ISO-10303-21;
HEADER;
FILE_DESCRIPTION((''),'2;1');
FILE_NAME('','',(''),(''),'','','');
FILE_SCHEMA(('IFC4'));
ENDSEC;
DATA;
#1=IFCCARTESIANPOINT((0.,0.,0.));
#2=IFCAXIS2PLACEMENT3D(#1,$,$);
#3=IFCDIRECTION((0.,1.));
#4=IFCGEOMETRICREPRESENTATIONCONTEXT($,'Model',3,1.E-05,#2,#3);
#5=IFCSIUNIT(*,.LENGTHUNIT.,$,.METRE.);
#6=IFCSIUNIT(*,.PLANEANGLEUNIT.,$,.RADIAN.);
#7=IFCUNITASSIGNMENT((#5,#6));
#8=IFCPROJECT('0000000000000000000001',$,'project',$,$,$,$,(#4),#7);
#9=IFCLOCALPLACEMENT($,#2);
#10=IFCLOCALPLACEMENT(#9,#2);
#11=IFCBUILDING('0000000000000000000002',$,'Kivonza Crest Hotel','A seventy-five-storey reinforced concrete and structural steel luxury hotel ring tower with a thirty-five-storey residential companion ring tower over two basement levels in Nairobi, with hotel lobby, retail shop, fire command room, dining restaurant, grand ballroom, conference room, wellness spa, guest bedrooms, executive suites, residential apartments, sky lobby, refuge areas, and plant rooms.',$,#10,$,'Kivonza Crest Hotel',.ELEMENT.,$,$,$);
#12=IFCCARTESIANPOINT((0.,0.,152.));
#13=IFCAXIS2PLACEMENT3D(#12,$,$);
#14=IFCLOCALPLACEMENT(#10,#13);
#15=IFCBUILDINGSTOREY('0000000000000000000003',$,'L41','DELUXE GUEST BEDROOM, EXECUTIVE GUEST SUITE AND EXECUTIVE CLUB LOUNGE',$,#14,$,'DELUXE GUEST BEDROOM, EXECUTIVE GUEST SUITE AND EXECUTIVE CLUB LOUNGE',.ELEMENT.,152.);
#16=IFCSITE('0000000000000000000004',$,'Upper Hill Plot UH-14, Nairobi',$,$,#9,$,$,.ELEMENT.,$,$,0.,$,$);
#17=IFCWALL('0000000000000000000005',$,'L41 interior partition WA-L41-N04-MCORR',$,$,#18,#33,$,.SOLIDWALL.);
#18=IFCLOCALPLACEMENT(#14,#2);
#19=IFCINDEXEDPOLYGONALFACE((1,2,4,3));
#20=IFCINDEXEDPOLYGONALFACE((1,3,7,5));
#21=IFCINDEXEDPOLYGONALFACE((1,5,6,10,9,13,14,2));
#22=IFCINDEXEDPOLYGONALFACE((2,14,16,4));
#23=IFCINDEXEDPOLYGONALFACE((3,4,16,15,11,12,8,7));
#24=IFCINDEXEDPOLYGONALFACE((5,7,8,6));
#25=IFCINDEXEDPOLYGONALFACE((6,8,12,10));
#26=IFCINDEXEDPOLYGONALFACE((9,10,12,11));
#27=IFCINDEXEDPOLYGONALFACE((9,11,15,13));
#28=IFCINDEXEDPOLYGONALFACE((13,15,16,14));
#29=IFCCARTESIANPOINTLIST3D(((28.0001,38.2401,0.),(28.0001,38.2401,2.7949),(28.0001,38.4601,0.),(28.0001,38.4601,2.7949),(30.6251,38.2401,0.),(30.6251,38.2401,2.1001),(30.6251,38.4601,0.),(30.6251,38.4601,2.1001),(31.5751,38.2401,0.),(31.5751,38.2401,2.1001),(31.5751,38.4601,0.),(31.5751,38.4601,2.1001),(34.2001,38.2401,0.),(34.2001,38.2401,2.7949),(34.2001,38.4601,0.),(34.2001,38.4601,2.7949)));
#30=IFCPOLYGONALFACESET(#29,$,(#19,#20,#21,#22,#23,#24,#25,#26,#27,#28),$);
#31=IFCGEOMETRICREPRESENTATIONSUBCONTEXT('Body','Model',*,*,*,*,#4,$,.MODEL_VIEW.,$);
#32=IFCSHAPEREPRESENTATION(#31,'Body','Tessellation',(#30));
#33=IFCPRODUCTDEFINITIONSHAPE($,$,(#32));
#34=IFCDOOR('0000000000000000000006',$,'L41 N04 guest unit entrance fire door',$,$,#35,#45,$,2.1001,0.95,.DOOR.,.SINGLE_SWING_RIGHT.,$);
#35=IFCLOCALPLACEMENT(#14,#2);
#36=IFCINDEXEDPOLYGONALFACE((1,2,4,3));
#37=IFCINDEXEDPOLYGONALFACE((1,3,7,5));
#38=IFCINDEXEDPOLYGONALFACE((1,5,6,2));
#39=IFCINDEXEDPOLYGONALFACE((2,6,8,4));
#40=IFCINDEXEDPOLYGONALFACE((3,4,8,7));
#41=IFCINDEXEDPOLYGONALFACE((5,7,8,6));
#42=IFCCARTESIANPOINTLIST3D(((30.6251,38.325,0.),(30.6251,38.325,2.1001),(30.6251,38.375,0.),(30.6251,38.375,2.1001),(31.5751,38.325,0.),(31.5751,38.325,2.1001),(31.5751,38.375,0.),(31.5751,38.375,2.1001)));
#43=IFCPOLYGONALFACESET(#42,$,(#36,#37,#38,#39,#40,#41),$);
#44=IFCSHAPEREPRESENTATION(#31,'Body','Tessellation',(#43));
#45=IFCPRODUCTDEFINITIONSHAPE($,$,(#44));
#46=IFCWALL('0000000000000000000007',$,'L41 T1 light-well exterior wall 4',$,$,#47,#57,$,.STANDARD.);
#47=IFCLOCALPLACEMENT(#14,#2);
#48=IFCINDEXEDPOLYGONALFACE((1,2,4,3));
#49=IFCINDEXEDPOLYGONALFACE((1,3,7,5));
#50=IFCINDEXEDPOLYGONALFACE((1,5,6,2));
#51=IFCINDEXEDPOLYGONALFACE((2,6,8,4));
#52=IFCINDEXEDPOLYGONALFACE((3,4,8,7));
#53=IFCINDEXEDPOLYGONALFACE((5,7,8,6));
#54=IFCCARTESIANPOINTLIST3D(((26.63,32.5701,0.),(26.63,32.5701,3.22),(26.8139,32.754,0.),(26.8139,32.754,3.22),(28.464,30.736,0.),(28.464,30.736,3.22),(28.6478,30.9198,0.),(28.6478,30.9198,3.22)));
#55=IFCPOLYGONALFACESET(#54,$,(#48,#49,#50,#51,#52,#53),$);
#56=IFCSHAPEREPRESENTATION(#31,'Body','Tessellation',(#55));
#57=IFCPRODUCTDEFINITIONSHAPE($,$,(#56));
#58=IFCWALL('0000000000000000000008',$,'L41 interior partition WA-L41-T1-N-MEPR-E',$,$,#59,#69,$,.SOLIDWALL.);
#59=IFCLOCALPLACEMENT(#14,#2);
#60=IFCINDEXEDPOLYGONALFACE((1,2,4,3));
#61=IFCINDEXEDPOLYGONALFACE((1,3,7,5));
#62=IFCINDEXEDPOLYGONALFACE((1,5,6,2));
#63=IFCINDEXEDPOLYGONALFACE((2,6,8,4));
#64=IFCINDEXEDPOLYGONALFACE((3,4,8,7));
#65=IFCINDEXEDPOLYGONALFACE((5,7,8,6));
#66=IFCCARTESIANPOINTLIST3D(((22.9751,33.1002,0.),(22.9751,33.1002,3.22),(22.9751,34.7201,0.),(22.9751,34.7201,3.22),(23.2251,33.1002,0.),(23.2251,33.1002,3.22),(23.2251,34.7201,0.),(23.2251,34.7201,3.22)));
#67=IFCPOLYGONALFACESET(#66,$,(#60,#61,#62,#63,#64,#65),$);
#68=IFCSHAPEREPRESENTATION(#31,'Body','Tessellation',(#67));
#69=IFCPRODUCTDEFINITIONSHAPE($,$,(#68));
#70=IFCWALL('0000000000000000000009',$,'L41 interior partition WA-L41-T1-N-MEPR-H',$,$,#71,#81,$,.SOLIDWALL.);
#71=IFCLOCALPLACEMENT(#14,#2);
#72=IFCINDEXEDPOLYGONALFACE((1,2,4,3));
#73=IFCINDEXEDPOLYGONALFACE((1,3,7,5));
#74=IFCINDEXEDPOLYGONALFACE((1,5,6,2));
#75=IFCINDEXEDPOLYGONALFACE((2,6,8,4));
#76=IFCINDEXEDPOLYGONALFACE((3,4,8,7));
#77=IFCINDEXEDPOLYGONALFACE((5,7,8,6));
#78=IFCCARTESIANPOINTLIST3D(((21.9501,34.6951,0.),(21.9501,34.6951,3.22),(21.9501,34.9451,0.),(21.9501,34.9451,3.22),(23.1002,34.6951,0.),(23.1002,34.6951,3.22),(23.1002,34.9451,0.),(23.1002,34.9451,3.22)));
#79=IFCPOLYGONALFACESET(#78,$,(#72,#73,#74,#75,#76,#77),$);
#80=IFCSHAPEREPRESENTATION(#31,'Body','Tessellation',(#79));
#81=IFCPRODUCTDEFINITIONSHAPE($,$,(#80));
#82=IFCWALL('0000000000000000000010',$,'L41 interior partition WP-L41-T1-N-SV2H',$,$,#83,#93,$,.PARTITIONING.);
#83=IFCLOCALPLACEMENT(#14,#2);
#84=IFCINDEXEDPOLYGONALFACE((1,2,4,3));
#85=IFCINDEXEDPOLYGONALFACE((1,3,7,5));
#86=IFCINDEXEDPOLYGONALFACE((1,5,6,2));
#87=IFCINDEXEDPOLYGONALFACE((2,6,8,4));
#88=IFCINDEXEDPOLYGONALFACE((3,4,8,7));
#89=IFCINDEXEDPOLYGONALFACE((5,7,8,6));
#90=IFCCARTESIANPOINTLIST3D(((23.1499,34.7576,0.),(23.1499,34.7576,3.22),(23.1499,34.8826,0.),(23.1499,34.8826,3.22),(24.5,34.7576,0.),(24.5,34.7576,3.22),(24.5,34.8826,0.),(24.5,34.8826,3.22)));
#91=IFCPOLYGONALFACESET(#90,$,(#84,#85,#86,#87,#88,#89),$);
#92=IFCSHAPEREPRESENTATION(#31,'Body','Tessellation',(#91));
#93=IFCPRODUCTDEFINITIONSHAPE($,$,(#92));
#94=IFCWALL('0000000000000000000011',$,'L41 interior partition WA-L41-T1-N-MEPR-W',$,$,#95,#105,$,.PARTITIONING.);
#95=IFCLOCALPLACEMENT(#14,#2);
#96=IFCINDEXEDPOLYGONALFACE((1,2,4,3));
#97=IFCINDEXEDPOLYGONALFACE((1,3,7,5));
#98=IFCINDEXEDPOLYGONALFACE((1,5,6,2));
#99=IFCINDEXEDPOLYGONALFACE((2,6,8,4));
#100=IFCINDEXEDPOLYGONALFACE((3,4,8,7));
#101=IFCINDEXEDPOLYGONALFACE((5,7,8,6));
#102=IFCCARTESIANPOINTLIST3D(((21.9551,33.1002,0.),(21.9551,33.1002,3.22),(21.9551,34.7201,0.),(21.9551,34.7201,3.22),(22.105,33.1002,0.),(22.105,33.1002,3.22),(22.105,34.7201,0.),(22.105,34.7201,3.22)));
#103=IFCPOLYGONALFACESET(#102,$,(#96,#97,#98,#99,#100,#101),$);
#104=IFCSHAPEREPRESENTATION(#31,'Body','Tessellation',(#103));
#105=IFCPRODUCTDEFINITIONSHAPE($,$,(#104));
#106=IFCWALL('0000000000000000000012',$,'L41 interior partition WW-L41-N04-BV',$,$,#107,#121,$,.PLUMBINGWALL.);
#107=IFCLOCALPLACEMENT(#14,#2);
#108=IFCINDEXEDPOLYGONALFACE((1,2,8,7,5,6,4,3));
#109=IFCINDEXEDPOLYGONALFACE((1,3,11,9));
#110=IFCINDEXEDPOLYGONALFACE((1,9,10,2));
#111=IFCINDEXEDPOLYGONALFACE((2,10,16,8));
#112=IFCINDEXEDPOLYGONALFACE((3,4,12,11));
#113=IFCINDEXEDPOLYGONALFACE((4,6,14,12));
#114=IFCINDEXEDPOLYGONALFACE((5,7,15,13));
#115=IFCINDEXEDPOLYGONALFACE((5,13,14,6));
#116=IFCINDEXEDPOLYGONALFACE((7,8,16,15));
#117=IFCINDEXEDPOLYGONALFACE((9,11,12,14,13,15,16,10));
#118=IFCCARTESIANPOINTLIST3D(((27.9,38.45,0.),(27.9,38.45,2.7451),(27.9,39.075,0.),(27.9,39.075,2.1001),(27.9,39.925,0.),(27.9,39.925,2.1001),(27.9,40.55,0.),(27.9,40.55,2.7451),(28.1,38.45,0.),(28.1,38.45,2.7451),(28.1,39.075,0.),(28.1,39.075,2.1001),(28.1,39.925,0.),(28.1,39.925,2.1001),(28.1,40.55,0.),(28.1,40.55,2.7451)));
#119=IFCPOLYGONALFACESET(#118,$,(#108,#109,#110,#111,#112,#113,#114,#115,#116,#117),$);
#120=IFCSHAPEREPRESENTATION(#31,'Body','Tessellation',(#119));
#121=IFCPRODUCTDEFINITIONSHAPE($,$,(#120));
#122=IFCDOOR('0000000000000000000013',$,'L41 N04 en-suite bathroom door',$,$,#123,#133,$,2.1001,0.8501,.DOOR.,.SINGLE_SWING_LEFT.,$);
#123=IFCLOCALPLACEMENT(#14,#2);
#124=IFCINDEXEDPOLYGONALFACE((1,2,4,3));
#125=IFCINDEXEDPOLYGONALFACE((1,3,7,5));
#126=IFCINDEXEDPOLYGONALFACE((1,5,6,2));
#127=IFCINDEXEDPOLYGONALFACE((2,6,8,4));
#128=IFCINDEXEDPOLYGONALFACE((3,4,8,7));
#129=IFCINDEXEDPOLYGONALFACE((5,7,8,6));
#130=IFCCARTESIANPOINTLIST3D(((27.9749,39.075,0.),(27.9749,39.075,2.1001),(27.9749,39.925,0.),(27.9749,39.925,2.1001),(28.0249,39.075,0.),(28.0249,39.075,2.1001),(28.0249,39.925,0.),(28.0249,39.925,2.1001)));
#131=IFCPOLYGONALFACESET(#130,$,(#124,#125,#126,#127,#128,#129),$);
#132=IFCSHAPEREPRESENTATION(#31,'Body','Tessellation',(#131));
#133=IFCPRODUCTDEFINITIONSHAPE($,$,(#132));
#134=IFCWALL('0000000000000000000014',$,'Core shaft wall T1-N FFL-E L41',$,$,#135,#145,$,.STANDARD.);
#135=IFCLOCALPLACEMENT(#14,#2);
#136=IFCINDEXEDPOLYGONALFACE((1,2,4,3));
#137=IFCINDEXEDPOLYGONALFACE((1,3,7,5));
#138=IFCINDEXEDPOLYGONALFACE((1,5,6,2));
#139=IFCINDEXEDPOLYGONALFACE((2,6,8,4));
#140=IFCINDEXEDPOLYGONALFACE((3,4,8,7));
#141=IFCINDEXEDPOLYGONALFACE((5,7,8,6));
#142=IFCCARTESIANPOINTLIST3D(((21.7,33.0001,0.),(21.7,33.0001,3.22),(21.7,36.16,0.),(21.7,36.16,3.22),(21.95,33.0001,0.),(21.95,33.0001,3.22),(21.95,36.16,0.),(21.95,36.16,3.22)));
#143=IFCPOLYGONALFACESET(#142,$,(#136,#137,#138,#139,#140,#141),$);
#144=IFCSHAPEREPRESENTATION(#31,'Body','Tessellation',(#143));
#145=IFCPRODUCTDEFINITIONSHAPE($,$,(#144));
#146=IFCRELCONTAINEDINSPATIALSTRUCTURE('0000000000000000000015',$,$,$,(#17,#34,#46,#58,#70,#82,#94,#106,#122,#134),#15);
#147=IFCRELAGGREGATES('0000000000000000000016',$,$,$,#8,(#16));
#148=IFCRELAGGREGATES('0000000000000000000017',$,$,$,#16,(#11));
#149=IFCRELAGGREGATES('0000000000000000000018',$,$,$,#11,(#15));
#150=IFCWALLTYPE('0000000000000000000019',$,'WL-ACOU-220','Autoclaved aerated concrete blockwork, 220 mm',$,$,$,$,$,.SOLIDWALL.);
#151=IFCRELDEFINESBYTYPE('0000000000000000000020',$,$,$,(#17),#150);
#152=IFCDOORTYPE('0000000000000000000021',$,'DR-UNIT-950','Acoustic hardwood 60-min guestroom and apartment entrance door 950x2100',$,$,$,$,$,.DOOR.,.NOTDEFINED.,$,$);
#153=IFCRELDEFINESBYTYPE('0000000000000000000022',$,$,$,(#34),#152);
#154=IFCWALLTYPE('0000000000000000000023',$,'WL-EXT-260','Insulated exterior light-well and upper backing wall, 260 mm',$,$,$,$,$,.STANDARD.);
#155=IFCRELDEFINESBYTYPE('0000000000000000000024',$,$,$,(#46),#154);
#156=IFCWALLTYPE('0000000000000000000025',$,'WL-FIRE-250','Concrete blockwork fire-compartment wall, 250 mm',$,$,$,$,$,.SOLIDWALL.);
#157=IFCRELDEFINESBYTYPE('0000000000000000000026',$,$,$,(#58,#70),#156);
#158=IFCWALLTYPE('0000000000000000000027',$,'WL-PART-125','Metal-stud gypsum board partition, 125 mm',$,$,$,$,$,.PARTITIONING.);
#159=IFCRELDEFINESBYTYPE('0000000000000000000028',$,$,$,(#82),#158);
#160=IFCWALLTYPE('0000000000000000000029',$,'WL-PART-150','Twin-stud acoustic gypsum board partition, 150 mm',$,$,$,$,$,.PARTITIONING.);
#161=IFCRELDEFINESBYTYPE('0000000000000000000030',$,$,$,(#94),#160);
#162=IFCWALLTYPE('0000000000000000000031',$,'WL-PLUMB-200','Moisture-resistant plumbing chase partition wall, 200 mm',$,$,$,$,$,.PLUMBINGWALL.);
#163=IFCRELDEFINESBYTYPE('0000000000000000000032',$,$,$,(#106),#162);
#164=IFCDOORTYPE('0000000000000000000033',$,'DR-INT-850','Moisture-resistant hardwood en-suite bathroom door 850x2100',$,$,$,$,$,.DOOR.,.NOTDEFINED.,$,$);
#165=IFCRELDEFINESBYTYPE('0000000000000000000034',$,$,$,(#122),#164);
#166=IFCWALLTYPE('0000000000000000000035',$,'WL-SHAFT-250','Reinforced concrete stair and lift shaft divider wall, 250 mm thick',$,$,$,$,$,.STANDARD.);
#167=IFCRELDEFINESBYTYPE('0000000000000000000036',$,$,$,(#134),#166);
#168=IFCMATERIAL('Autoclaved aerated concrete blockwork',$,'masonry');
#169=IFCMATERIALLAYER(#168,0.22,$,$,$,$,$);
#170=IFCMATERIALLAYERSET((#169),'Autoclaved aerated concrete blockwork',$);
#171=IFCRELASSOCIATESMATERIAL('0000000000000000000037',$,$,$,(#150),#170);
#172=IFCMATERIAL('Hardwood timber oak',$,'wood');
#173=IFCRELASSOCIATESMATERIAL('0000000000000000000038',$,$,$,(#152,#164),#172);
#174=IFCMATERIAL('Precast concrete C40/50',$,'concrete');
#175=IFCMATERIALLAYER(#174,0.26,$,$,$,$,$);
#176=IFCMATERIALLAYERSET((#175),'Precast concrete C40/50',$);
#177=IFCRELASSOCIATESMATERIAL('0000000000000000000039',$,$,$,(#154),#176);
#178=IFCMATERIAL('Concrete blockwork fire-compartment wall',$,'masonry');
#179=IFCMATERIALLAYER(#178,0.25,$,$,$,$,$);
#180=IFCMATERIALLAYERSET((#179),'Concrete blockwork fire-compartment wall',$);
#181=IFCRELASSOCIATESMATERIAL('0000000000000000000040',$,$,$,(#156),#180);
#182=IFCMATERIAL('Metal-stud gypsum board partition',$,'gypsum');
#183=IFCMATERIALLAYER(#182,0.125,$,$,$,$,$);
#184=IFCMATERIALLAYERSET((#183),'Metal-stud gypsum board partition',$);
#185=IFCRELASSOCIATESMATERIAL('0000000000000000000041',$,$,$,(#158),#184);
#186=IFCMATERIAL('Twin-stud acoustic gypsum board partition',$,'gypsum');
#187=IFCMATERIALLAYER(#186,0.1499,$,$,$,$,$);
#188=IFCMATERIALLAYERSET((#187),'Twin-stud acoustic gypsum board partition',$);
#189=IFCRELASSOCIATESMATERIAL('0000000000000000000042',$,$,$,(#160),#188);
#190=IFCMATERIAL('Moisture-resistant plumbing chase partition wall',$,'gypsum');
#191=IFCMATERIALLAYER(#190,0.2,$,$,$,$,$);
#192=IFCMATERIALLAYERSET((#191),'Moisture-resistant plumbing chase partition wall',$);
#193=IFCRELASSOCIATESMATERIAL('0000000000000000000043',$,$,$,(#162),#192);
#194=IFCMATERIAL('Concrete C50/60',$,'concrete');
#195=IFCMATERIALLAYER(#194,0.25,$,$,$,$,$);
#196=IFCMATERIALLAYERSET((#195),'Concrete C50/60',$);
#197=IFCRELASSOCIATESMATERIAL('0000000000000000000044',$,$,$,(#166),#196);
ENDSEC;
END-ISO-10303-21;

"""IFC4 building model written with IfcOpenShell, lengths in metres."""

from ifc_helpers import new_model, si_unit, direction, frame, frame_2d, origin, place, context, subcontext, project, spatial, rectangle, extrude, material, layer, layer_set, type_object, element, fill, save


model = new_model("IFC4")

# Units and contexts
model_context = context("Model", 3, precision=1e-05, world=origin(), true_north=direction((0.0, 1.0)))
body_context = subcontext(model_context, "Body", "Model", "MODEL_VIEW")
ifc_project = project(units=[si_unit("LENGTHUNIT", "METRE"), si_unit("PLANEANGLEUNIT", "RADIAN")], contexts=[model_context])

# Site, building, storey
site_placement = place(None, origin())
site = spatial("IfcSite", under=ifc_project, at=site_placement, Name="Upper Hill Plot UH-14, Nairobi", CompositionType="ELEMENT", RefElevation=0.0)
building_placement = place(site_placement, origin())
building = spatial("IfcBuilding", under=site, at=building_placement, Name="Kivonza Crest Hotel", Description="A seventy-five-storey reinforced concrete and structural steel luxury hotel ring tower with a thirty-five-storey residential companion ring tower over two basement levels in Nairobi, with hotel lobby, retail shop, fire command room, dining restaurant, grand ballroom, conference room, wellness spa, guest bedrooms, executive suites, residential apartments, sky lobby, refuge areas, and plant rooms.", LongName="Kivonza Crest Hotel", CompositionType="ELEMENT")
storey_placement = place(building_placement, frame((0.0, 0.0, 152.0)))
storey = spatial("IfcBuildingStorey", under=building, at=storey_placement, Name="L41", Description="DELUXE GUEST BEDROOM, EXECUTIVE GUEST SUITE AND EXECUTIVE CLUB LOUNGE", LongName="DELUXE GUEST BEDROOM, EXECUTIVE GUEST SUITE AND EXECUTIVE CLUB LOUNGE", CompositionType="ELEMENT", Elevation=152.0)

# Shared definitions
ifc_material_1 = material(Name="Autoclaved aerated concrete blockwork", Category="masonry")
ifc_layer_1 = layer(ifc_material_1, 0.22)
ifc_layer_set_1 = layer_set([ifc_layer_1], Name="Autoclaved aerated concrete blockwork")
wall_type_1 = type_object("IfcWallType", Name="WL-ACOU-220", Description="Autoclaved aerated concrete blockwork, 220 mm", PredefinedType="SOLIDWALL", material=ifc_layer_set_1)

# Wall, opening, door
wall_1_placement = place(storey_placement, frame((28.0, 38.3501, 0.0), z_axis=(0.0, 0.0, 1.0), x_axis=(1.0, 0.0, 0.0)))
wall_1 = element("IfcWall", 1, at=wall_1_placement, inside=storey, type_object=wall_type_1, Name="L41 interior partition WA-L41-N04-MCORR", PredefinedType="SOLIDWALL", context=body_context, shape_type="SweptSolid", body=[
    extrude(rectangle(XDim=6.2, YDim=0.22, at=frame_2d((3.1001, 0.0))), origin(), (0.0, 0.0, 1.0), 2.7949),
])
opening_1_placement = place(wall_1_placement, frame((2.625, 0.0, 0.0)))
opening_1 = element("IfcOpeningElement", 2, at=opening_1_placement, cuts=wall_1, PredefinedType="OPENING", context=body_context, shape_type="SweptSolid", body=[
    extrude(rectangle(XDim=0.95, YDim=2.1001, at=frame_2d((0.4751, 1.05))), frame((0.0, 0.1201, 0.0), z_axis=(0.0, -1.0, 0.0), x_axis=(1.0, 0.0, 0.0)), (0.0, 0.0, 1.0), 0.24),
])
ifc_material_2 = material(Name="Hardwood timber oak", Category="wood")
door_type_1 = type_object("IfcDoorType", Name="DR-UNIT-950", Description="Acoustic hardwood 60-min guestroom and apartment entrance door 950x2100", OperationType="NOTDEFINED", PredefinedType="DOOR", material=ifc_material_2)
door_1_placement = place(opening_1_placement, origin())
door_1 = element("IfcDoor", 3, at=door_1_placement, inside=storey, type_object=door_type_1, Name="L41 N04 guest unit entrance fire door", OperationType="SINGLE_SWING_RIGHT", OverallHeight=2.1001, OverallWidth=0.95, PredefinedType="DOOR", context=body_context, shape_type="SweptSolid", body=[
    extrude(rectangle(XDim=0.95, YDim=2.1001, at=frame_2d((0.4751, 1.05))), frame((0.0, 0.0249, 0.0), z_axis=(0.0, -1.0, 0.0), x_axis=(1.0, 0.0, 0.0)), (0.0, 0.0, 1.0), 0.05),
])
fill(opening_1, door_1)

# Walls
ifc_material_3 = material(Name="Precast concrete C40/50", Category="concrete")
ifc_layer_2 = layer(ifc_material_3, 0.26)
ifc_layer_set_2 = layer_set([ifc_layer_2], Name="Precast concrete C40/50")
wall_type_2 = type_object("IfcWallType", Name="WL-EXT-260", Description="Insulated exterior light-well and upper backing wall, 260 mm", PredefinedType="STANDARD", material=ifc_layer_set_2)
wall_2_placement = place(storey_placement, frame((28.5559, 30.8279, 0.0), z_axis=(0.0, 0.0, 1.0), x_axis=(-0.70706, 0.707154, 0.0)))
element("IfcWall", 4, at=wall_2_placement, inside=storey, type_object=wall_type_2, Name="L41 T1 light-well exterior wall 4", PredefinedType="STANDARD", context=body_context, shape_type="SweptSolid", body=[
    extrude(rectangle(XDim=2.5938, YDim=0.26, at=frame_2d((1.2969, 0.0))), origin(), (0.0, 0.0, 1.0), 3.22),
])
ifc_material_4 = material(Name="Concrete blockwork fire-compartment wall", Category="masonry")
ifc_layer_3 = layer(ifc_material_4, 0.25)
ifc_layer_set_3 = layer_set([ifc_layer_3], Name="Concrete blockwork fire-compartment wall")
wall_type_3 = type_object("IfcWallType", Name="WL-FIRE-250", Description="Concrete blockwork fire-compartment wall, 250 mm", PredefinedType="SOLIDWALL", material=ifc_layer_set_3)
wall_3_placement = place(storey_placement, frame((23.1001, 33.1001, 0.0), z_axis=(0.0, 0.0, 1.0), x_axis=(0.0, 1.0, 0.0)))
element("IfcWall", 5, at=wall_3_placement, inside=storey, type_object=wall_type_3, Name="L41 interior partition WA-L41-T1-N-MEPR-E", PredefinedType="SOLIDWALL", context=body_context, shape_type="SweptSolid", body=[
    extrude(rectangle(XDim=1.6199, YDim=0.25, at=frame_2d((0.8101, 0.0))), origin(), (0.0, 0.0, 1.0), 3.22),
])
wall_4_placement = place(storey_placement, frame((21.95, 34.8201, 0.0), z_axis=(0.0, 0.0, 1.0), x_axis=(1.0, 0.0, 0.0)))
element("IfcWall", 6, at=wall_4_placement, inside=storey, type_object=wall_type_3, Name="L41 interior partition WA-L41-T1-N-MEPR-H", PredefinedType="SOLIDWALL", context=body_context, shape_type="SweptSolid", body=[
    extrude(rectangle(XDim=1.1501, YDim=0.25, at=frame_2d((0.5752, 0.0))), origin(), (0.0, 0.0, 1.0), 3.22),
])
ifc_material_5 = material(Name="Metal-stud gypsum board partition", Category="gypsum")
ifc_layer_4 = layer(ifc_material_5, 0.125)
ifc_layer_set_4 = layer_set([ifc_layer_4], Name="Metal-stud gypsum board partition")
wall_type_4 = type_object("IfcWallType", Name="WL-PART-125", Description="Metal-stud gypsum board partition, 125 mm", PredefinedType="PARTITIONING", material=ifc_layer_set_4)
wall_5_placement = place(storey_placement, frame((23.1499, 34.8201, 0.0), z_axis=(0.0, 0.0, 1.0), x_axis=(1.0, 0.0, 0.0)))
element("IfcWall", 7, at=wall_5_placement, inside=storey, type_object=wall_type_4, Name="L41 interior partition WP-L41-T1-N-SV2H", PredefinedType="PARTITIONING", context=body_context, shape_type="SweptSolid", body=[
    extrude(rectangle(XDim=1.3501, YDim=0.125, at=frame_2d((0.675, 0.0))), origin(), (0.0, 0.0, 1.0), 3.22),
])
ifc_material_6 = material(Name="Twin-stud acoustic gypsum board partition", Category="gypsum")
ifc_layer_5 = layer(ifc_material_6, 0.1499)
ifc_layer_set_5 = layer_set([ifc_layer_5], Name="Twin-stud acoustic gypsum board partition")
wall_type_5 = type_object("IfcWallType", Name="WL-PART-150", Description="Twin-stud acoustic gypsum board partition, 150 mm", PredefinedType="PARTITIONING", material=ifc_layer_set_5)
wall_6_placement = place(storey_placement, frame((22.03, 33.1001, 0.0), z_axis=(0.0, 0.0, 1.0), x_axis=(0.0, 1.0, 0.0)))
element("IfcWall", 8, at=wall_6_placement, inside=storey, type_object=wall_type_5, Name="L41 interior partition WA-L41-T1-N-MEPR-W", PredefinedType="PARTITIONING", context=body_context, shape_type="SweptSolid", body=[
    extrude(rectangle(XDim=1.6199, YDim=0.1499, at=frame_2d((0.8101, 0.0))), origin(), (0.0, 0.0, 1.0), 3.22),
])

# Wall, opening, door
ifc_material_7 = material(Name="Moisture-resistant plumbing chase partition wall", Category="gypsum")
ifc_layer_6 = layer(ifc_material_7, 0.2)
ifc_layer_set_6 = layer_set([ifc_layer_6], Name="Moisture-resistant plumbing chase partition wall")
wall_type_6 = type_object("IfcWallType", Name="WL-PLUMB-200", Description="Moisture-resistant plumbing chase partition wall, 200 mm", PredefinedType="PLUMBINGWALL", material=ifc_layer_set_6)
wall_7_placement = place(storey_placement, frame((28.0, 38.45, 0.0), z_axis=(0.0, 0.0, 1.0), x_axis=(0.0, 1.0, 0.0)))
wall_7 = element("IfcWall", 9, at=wall_7_placement, inside=storey, type_object=wall_type_6, Name="L41 interior partition WW-L41-N04-BV", PredefinedType="PLUMBINGWALL", context=body_context, shape_type="SweptSolid", body=[
    extrude(rectangle(XDim=2.1001, YDim=0.2, at=frame_2d((1.05, 0.0))), origin(), (0.0, 0.0, 1.0), 2.7451),
])
opening_2_placement = place(wall_7_placement, frame((0.625, 0.0, 0.0)))
opening_2 = element("IfcOpeningElement", 10, at=opening_2_placement, cuts=wall_7, PredefinedType="OPENING", context=body_context, shape_type="SweptSolid", body=[
    extrude(rectangle(XDim=0.8501, YDim=2.1001, at=frame_2d((0.425, 1.05))), frame((0.0, 0.1099, 0.0), z_axis=(0.0, -1.0, 0.0), x_axis=(1.0, 0.0, 0.0)), (0.0, 0.0, 1.0), 0.22),
])
door_type_2 = type_object("IfcDoorType", Name="DR-INT-850", Description="Moisture-resistant hardwood en-suite bathroom door 850x2100", OperationType="NOTDEFINED", PredefinedType="DOOR", material=ifc_material_2)
door_2_placement = place(opening_2_placement, frame((0.8501, 0.0, 0.0), z_axis=(0.0, 0.0, 1.0), x_axis=(-1.0, 0.0, 0.0)))
door_2 = element("IfcDoor", 11, at=door_2_placement, inside=storey, type_object=door_type_2, Name="L41 N04 en-suite bathroom door", OperationType="SINGLE_SWING_LEFT", OverallHeight=2.1001, OverallWidth=0.8501, PredefinedType="DOOR", context=body_context, shape_type="SweptSolid", body=[
    extrude(rectangle(XDim=0.8501, YDim=2.1001, at=frame_2d((0.425, 1.05))), frame((0.0, 0.0249, 0.0), z_axis=(0.0, -1.0, 0.0), x_axis=(1.0, 0.0, 0.0)), (0.0, 0.0, 1.0), 0.05),
])
fill(opening_2, door_2)
ifc_material_8 = material(Name="Concrete C50/60", Category="concrete")
ifc_layer_7 = layer(ifc_material_8, 0.25)
ifc_layer_set_7 = layer_set([ifc_layer_7], Name="Concrete C50/60")
wall_type_7 = type_object("IfcWallType", Name="WL-SHAFT-250", Description="Reinforced concrete stair and lift shaft divider wall, 250 mm thick", PredefinedType="STANDARD", material=ifc_layer_set_7)

# Wall
wall_8_placement = place(storey_placement, frame((21.825, 33.0, 0.0), z_axis=(0.0, 0.0, 1.0), x_axis=(0.0, 1.0, 0.0)))
element("IfcWall", 12, at=wall_8_placement, inside=storey, type_object=wall_type_7, Name="Core shaft wall T1-N FFL-E L41", PredefinedType="STANDARD", context=body_context, shape_type="SweptSolid", body=[
    extrude(rectangle(XDim=3.1599, YDim=0.25, at=frame_2d((1.5801, 0.0))), origin(), (0.0, 0.0, 1.0), 3.22),
])

save(model, "model.ifc")
